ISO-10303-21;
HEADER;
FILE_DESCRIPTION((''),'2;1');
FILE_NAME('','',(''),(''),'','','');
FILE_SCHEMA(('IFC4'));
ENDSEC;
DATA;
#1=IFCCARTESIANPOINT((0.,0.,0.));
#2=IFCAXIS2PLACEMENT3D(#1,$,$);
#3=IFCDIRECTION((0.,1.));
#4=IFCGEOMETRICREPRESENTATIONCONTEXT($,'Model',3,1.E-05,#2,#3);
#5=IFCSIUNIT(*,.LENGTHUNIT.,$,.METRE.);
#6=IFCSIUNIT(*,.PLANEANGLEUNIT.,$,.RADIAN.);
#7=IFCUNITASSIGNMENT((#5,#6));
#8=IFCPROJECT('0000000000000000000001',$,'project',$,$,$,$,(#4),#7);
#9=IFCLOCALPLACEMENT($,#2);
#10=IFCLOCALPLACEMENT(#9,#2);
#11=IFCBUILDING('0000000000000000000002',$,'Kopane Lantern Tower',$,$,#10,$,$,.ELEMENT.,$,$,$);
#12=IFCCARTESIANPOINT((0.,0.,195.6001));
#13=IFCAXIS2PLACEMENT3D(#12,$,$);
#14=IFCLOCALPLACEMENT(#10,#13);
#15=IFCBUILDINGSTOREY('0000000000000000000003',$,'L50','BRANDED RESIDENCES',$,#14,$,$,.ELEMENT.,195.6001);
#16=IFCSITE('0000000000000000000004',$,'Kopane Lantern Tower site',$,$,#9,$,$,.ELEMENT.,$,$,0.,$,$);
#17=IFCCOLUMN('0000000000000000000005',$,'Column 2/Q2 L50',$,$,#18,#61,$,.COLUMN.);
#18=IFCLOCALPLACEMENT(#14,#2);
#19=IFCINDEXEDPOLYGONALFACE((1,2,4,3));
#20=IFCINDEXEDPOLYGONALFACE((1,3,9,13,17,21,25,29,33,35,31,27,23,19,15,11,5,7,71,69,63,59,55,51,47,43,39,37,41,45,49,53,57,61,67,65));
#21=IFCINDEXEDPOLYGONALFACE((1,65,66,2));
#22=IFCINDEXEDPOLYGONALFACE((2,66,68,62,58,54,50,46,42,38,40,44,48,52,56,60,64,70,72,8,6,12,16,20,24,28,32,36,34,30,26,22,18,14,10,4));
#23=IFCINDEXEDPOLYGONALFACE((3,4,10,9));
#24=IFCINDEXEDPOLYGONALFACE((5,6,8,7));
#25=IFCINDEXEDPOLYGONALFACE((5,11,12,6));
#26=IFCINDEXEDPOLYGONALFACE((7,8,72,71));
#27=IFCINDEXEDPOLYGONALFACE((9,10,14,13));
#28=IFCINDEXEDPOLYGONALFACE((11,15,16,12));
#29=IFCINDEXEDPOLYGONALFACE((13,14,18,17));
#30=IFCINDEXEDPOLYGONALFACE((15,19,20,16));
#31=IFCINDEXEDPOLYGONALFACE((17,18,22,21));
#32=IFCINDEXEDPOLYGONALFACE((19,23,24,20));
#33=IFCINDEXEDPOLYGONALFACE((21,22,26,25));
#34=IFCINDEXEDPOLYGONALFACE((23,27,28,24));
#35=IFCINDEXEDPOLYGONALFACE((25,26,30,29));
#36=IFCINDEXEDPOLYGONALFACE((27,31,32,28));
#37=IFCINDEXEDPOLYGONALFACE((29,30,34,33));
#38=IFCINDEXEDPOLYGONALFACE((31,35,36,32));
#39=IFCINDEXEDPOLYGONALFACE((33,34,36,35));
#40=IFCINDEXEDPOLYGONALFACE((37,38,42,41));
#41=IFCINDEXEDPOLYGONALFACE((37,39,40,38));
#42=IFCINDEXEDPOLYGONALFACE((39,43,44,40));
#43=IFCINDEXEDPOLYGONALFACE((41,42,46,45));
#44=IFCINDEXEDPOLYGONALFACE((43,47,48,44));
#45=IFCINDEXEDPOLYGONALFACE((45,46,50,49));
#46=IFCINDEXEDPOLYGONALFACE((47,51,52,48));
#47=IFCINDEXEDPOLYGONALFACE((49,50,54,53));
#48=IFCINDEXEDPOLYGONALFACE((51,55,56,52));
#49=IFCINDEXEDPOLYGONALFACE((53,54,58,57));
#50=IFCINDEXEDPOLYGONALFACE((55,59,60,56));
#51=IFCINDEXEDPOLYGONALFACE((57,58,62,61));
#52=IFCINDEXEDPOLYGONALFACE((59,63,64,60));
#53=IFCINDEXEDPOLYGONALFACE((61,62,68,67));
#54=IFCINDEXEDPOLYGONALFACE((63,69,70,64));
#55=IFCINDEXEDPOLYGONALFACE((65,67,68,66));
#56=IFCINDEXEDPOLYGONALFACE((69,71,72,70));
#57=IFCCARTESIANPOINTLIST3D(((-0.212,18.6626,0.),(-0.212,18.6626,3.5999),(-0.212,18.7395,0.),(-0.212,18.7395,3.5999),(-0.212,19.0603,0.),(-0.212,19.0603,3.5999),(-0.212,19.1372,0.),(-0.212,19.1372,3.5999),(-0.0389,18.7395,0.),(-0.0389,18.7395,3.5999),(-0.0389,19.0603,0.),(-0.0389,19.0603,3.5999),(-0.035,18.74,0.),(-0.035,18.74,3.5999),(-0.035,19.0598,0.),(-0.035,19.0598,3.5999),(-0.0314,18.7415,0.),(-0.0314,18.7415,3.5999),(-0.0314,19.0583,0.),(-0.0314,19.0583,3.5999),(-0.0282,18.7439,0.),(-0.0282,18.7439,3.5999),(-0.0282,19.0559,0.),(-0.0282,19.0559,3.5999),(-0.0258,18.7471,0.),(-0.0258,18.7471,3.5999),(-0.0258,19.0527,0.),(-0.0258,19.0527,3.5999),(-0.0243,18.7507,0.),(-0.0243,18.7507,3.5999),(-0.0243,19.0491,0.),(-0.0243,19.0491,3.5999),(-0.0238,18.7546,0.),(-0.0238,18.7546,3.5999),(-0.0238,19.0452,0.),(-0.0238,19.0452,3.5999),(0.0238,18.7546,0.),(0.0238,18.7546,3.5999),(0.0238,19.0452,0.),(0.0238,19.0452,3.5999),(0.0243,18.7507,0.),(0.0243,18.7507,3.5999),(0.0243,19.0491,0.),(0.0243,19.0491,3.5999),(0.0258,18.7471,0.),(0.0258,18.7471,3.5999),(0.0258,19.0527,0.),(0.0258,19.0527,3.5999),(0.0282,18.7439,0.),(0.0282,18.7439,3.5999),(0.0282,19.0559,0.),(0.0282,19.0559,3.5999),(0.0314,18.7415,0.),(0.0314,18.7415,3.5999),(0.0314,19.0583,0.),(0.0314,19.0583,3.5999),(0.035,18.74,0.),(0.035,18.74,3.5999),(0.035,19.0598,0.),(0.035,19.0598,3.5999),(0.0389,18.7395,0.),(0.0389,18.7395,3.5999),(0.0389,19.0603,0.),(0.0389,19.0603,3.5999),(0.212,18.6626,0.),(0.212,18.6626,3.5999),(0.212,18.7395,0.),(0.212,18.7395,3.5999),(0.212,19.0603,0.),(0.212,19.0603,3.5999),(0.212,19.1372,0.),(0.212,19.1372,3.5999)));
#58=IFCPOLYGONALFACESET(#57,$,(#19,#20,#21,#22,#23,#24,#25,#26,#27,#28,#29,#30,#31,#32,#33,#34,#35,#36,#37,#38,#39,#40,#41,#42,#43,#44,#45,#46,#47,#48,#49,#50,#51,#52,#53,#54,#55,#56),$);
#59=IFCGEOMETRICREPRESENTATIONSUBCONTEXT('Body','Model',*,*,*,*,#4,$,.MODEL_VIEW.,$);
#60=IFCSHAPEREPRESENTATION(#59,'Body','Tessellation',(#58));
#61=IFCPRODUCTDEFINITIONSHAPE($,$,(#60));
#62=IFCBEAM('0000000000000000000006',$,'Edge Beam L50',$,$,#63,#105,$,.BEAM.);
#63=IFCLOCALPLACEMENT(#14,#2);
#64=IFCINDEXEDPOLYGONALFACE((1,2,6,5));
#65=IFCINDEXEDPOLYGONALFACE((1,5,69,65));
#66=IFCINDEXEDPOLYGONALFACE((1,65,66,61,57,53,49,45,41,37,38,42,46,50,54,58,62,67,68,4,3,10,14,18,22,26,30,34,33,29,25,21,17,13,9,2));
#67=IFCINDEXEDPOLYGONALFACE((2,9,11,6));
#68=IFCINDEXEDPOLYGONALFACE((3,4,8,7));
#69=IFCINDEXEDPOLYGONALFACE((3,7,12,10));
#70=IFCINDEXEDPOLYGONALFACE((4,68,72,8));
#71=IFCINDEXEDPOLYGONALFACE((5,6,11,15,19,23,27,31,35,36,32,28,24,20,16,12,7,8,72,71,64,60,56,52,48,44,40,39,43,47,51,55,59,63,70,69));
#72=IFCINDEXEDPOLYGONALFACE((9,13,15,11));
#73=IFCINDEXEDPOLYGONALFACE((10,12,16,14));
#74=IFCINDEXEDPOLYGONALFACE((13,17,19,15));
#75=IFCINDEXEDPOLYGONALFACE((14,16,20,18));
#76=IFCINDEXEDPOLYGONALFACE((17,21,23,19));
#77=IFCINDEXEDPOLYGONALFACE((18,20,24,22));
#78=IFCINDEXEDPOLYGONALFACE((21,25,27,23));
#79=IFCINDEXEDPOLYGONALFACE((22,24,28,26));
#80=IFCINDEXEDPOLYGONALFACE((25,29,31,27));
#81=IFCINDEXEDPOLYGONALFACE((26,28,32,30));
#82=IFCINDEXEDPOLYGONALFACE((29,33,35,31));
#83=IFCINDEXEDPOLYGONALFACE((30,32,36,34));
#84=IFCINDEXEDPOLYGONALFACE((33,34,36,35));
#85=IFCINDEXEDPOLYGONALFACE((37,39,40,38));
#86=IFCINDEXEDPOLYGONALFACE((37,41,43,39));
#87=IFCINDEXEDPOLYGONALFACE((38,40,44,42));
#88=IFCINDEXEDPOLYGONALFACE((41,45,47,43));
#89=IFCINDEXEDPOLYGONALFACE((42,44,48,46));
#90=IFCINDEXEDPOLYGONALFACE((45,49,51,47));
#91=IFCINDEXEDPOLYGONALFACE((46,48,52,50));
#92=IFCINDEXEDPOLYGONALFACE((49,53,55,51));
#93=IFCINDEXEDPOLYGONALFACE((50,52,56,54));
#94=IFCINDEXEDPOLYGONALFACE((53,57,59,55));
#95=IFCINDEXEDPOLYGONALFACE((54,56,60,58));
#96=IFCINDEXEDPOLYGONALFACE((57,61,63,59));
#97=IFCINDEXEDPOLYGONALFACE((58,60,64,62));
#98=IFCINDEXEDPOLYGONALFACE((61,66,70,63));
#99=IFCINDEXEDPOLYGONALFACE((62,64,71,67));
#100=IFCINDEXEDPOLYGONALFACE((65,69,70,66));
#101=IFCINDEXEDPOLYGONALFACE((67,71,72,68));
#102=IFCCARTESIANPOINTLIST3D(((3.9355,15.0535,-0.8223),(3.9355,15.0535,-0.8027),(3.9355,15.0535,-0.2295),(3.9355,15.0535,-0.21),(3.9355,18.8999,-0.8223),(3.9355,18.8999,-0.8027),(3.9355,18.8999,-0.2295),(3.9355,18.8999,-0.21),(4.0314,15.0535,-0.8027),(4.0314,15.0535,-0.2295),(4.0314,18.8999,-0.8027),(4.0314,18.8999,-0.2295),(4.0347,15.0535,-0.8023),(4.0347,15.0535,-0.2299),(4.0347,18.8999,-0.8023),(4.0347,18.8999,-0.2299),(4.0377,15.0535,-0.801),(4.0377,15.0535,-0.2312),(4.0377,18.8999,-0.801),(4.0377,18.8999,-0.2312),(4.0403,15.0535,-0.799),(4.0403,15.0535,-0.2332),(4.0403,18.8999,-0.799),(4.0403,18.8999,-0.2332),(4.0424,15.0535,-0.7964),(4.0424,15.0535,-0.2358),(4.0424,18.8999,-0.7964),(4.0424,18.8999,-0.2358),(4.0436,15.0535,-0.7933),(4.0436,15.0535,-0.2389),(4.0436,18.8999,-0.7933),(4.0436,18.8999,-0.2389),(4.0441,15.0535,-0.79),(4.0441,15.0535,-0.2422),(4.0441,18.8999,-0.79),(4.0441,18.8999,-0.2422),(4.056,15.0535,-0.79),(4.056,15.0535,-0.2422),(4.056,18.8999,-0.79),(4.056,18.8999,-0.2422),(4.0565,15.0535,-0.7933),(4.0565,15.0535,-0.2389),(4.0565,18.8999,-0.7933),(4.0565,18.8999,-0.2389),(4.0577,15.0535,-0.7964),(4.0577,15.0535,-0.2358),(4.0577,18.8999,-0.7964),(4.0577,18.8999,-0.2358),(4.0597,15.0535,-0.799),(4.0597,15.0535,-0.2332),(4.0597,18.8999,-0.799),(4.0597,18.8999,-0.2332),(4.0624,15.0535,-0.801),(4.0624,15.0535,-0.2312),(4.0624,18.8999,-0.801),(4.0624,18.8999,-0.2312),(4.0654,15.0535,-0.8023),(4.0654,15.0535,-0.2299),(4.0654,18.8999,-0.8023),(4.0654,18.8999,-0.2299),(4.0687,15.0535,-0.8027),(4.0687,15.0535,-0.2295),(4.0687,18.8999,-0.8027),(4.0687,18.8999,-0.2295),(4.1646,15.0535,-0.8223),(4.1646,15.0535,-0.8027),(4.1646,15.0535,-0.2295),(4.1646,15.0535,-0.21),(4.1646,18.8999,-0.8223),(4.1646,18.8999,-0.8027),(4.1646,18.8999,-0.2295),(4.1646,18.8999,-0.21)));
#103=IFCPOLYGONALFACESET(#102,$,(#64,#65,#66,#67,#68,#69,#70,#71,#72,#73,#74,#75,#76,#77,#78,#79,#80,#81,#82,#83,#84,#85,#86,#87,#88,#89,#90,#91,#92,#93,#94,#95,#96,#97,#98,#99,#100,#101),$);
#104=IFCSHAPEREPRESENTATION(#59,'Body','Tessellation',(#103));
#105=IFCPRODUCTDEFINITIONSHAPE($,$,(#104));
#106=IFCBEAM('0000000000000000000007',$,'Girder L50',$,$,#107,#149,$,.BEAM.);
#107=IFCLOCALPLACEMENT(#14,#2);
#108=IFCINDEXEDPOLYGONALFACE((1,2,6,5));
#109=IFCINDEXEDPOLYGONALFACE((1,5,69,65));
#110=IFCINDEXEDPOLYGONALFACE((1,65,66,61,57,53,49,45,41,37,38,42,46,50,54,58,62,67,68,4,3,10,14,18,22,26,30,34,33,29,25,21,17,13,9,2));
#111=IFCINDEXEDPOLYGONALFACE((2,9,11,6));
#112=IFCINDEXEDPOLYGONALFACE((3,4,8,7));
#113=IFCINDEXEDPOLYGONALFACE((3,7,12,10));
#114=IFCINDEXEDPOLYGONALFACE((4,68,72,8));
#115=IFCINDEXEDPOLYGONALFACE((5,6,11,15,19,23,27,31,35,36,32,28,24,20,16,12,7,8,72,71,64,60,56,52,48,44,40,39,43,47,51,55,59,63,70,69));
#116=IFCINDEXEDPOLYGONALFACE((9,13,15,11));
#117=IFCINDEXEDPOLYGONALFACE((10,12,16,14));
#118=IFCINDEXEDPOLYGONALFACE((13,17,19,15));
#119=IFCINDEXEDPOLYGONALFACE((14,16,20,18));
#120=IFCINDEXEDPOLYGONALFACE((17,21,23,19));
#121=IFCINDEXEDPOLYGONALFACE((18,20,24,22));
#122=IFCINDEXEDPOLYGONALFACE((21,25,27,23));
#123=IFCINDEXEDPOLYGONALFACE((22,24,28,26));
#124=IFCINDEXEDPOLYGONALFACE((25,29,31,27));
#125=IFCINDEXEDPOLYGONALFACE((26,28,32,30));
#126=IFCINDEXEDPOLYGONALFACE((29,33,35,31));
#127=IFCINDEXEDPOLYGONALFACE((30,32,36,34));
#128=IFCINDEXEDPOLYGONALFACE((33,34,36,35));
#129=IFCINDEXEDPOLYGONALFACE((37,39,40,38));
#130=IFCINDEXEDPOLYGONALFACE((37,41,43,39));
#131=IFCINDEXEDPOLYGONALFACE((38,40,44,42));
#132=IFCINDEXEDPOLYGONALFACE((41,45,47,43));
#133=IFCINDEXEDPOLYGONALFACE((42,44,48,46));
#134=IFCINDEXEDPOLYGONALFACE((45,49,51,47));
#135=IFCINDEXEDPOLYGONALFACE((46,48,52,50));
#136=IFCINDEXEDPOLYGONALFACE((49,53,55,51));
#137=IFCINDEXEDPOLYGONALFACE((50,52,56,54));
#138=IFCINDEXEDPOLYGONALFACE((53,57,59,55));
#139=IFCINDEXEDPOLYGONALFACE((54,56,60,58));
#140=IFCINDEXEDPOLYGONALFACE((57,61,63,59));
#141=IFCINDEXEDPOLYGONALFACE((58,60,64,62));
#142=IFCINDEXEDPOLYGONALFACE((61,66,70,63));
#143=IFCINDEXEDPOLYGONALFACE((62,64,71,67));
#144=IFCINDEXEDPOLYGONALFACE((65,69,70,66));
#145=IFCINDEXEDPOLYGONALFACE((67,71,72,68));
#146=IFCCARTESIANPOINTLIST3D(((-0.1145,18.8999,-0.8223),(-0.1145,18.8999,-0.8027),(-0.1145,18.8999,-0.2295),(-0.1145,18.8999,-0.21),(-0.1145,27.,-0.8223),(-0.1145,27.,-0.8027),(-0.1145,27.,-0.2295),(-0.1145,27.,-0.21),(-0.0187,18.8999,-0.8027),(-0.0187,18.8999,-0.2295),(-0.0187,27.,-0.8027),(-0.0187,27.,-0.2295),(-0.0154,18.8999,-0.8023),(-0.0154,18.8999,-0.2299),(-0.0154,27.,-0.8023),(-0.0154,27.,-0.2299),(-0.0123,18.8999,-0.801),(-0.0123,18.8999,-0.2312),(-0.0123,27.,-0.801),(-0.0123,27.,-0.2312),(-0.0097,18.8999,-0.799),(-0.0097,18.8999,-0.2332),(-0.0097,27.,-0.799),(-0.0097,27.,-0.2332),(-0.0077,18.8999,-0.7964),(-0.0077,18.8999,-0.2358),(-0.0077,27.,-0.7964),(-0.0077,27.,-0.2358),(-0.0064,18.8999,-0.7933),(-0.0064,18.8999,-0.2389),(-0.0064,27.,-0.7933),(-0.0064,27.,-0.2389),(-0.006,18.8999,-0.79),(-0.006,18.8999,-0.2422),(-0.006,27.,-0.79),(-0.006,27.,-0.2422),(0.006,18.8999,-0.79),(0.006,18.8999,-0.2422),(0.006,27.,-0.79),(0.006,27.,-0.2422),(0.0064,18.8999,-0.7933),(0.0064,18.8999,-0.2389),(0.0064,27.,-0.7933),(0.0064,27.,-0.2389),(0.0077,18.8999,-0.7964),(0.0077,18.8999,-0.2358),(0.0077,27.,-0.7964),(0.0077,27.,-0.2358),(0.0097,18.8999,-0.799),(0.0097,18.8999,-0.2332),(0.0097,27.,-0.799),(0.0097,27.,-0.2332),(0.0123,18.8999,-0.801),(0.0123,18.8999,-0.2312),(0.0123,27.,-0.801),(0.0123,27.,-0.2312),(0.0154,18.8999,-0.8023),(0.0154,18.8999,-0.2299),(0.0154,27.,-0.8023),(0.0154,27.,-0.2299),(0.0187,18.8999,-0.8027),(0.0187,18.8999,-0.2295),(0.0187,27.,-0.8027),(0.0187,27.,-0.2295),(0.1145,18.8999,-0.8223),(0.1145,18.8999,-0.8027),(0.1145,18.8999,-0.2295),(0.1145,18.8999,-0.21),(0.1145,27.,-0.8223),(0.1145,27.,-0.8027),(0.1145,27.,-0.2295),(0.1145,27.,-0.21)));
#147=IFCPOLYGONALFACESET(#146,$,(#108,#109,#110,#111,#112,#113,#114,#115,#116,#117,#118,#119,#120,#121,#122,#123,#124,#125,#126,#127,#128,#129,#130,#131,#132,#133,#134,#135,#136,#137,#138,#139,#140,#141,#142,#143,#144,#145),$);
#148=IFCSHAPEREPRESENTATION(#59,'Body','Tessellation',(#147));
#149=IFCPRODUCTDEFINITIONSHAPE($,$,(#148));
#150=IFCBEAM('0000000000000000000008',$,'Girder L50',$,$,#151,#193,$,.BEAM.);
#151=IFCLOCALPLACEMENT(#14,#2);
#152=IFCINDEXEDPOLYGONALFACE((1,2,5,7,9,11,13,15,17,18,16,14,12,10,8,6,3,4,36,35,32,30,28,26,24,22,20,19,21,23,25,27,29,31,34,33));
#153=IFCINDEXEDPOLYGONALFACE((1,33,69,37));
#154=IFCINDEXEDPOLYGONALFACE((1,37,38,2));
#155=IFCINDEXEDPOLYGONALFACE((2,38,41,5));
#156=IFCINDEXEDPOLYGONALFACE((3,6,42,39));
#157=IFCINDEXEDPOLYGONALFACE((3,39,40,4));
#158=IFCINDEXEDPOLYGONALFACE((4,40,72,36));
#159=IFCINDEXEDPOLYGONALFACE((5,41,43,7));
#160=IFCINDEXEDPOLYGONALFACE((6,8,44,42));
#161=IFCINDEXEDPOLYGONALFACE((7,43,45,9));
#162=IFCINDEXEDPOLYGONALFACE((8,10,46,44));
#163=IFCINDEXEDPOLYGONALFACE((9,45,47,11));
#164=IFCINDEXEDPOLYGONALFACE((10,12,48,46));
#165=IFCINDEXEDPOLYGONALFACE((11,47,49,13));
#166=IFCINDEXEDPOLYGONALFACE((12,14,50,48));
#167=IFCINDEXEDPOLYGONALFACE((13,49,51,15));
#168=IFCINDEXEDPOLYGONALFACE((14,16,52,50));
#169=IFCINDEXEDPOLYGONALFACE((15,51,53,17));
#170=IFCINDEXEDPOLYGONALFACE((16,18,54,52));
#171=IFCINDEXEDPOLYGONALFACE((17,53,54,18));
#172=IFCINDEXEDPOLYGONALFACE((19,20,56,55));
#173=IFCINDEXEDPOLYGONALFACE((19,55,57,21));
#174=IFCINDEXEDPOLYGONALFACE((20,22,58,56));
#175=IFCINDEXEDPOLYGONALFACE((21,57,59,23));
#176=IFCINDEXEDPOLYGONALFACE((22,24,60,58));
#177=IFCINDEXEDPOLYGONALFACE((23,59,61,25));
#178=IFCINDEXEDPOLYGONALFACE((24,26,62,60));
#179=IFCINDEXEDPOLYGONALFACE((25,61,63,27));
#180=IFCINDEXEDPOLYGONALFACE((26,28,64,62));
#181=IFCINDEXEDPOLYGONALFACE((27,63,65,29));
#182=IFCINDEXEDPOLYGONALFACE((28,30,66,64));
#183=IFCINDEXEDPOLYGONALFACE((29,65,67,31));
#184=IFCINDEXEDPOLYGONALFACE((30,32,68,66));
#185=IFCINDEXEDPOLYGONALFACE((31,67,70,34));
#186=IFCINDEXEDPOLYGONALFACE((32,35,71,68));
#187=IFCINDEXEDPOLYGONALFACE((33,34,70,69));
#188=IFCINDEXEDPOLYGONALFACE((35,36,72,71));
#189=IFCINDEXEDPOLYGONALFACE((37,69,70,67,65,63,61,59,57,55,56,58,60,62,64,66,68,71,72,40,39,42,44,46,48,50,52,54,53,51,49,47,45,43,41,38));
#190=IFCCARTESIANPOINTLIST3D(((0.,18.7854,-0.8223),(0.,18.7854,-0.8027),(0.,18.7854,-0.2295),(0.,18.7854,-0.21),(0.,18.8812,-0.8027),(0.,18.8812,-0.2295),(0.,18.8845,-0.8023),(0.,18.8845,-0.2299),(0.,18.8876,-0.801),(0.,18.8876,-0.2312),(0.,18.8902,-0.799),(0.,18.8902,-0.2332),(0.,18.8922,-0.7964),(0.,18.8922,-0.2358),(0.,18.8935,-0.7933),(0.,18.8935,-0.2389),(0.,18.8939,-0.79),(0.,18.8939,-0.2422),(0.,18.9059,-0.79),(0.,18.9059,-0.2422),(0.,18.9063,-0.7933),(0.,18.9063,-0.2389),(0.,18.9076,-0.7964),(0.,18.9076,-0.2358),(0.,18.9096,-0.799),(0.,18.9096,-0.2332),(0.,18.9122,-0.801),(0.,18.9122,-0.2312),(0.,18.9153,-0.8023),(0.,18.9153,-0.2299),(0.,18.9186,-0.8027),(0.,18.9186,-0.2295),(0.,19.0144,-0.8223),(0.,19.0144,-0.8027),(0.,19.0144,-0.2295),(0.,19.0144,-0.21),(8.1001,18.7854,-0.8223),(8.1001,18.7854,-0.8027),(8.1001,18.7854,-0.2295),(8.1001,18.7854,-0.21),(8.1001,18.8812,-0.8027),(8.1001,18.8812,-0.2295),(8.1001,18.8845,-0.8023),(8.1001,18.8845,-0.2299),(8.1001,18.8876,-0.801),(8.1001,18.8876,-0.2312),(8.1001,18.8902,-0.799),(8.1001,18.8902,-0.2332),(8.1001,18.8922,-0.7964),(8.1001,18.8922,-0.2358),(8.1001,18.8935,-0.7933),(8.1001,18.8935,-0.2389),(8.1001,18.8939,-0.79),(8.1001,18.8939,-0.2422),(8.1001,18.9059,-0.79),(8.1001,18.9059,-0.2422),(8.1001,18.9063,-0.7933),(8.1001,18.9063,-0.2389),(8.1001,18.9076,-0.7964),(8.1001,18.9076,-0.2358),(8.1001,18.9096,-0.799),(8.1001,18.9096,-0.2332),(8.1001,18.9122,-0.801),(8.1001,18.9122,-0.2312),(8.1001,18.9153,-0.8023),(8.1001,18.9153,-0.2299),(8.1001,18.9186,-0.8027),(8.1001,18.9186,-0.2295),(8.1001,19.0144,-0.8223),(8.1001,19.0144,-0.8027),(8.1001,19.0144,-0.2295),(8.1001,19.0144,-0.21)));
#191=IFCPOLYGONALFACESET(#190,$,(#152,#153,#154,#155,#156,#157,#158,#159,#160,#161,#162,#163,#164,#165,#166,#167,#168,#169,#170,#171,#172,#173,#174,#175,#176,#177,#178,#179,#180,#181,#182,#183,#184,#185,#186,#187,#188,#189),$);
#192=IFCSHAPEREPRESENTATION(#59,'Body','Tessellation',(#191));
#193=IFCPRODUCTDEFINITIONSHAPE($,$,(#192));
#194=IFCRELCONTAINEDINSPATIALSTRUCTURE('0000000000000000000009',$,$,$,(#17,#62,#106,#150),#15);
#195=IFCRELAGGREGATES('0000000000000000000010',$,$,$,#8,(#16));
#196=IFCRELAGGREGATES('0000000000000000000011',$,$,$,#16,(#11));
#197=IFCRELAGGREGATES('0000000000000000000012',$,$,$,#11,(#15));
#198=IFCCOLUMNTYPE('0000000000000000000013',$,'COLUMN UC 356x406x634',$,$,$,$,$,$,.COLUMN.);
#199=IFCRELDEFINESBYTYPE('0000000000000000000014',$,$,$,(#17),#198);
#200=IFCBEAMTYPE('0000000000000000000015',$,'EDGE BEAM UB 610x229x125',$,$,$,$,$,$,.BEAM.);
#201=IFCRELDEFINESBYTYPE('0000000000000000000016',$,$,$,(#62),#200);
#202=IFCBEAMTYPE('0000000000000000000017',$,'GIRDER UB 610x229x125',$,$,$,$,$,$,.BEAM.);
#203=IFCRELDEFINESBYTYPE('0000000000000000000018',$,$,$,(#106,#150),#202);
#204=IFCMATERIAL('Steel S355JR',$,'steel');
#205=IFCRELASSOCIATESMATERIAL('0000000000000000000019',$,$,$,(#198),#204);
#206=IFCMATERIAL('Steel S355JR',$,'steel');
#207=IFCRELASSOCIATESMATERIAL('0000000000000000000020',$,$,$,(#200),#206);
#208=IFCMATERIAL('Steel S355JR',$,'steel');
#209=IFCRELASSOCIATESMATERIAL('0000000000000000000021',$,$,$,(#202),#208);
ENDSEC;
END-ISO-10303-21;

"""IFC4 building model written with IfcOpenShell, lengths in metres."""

from ifc_helpers import new_model, si_unit, direction, frame, origin, origin_2d, place, context, subcontext, project, spatial, i_section, extrude, material, material_profile, profile_set, type_object, element, save


model = new_model("IFC4")

# Units and contexts
model_context = context("Model", 3, precision=1e-05, world=origin(), true_north=direction((0.0, 1.0)))
body_context = subcontext(model_context, "Body", "Model", "MODEL_VIEW")
ifc_project = project(units=[si_unit("LENGTHUNIT", "METRE"), si_unit("PLANEANGLEUNIT", "RADIAN")], contexts=[model_context])

# Site, building, storey
site_placement = place(None, origin())
site = spatial("IfcSite", under=ifc_project, at=site_placement, Name="Kopane Lantern Tower site", CompositionType="ELEMENT", RefElevation=0.0)
building_placement = place(site_placement, origin())
building = spatial("IfcBuilding", under=site, at=building_placement, Name="Kopane Lantern Tower", CompositionType="ELEMENT")
storey_placement = place(building_placement, frame((0.0, 0.0, 195.6001)))
storey = spatial("IfcBuildingStorey", under=building, at=storey_placement, Name="L50", Description="BRANDED RESIDENCES", CompositionType="ELEMENT", Elevation=195.6001)

# Column
ifc_material_1 = material(Name="Steel S355JR", Category="steel")
ifc_material_profile_1 = material_profile(ifc_material_1, i_section(OverallWidth=0.4241, OverallDepth=0.4746, WebThickness=0.0476, FlangeThickness=0.0769, FilletRadius=0.0151, at=origin_2d()), Name="UC 356x406x634")
ifc_profile_set_1 = profile_set([ifc_material_profile_1], Name="Steel S355JR")
column_type = type_object("IfcColumnType", Name="COLUMN UC 356x406x634", PredefinedType="COLUMN", material=ifc_profile_set_1)
column_placement = place(storey_placement, frame((0.0, 18.8999, 0.0), z_axis=(0.0, 0.0, 1.0), x_axis=(1.0, 0.0, 0.0)))
element("IfcColumn", 1, at=column_placement, inside=storey, type_object=column_type, Name="Column 2/Q2 L50", PredefinedType="COLUMN", context=body_context, shape_type="SweptSolid", body=[
    extrude(i_section(OverallWidth=0.4241, OverallDepth=0.4746, WebThickness=0.0476, FlangeThickness=0.0769, FilletRadius=0.0151, at=origin_2d()), origin(), (0.0, 0.0, 1.0), 3.5999),
])

# Beams
ifc_material_2 = material(Name="Steel S355JR", Category="steel")
ifc_material_profile_2 = material_profile(ifc_material_2, i_section(OverallWidth=0.229, OverallDepth=0.6123, WebThickness=0.012, FlangeThickness=0.0195, FilletRadius=0.0127, at=origin_2d()), Name="UB 610x229x125")
ifc_profile_set_2 = profile_set([ifc_material_profile_2], Name="Steel S355JR")
beam_type_1 = type_object("IfcBeamType", Name="EDGE BEAM UB 610x229x125", PredefinedType="BEAM", material=ifc_profile_set_2)
beam_placement = place(storey_placement, frame((4.05, 15.0535, -0.5161), z_axis=(0.0, 1.0, 0.0), x_axis=(-1.0, 0.0, 0.0)))
element("IfcBeam", 2, at=beam_placement, inside=storey, type_object=beam_type_1, Name="Edge Beam L50", PredefinedType="BEAM", context=body_context, shape_type="SweptSolid", body=[
    extrude(i_section(OverallWidth=0.229, OverallDepth=0.6123, WebThickness=0.012, FlangeThickness=0.0195, FilletRadius=0.0127, at=origin_2d()), origin(), (0.0, 0.0, 1.0), 3.8464),
])
ifc_material_3 = material(Name="Steel S355JR", Category="steel")
ifc_material_profile_3 = material_profile(ifc_material_3, i_section(OverallWidth=0.229, OverallDepth=0.6123, WebThickness=0.012, FlangeThickness=0.0195, FilletRadius=0.0127, at=origin_2d()), Name="UB 610x229x125")
ifc_profile_set_3 = profile_set([ifc_material_profile_3], Name="Steel S355JR")
beam_type_2 = type_object("IfcBeamType", Name="GIRDER UB 610x229x125", PredefinedType="BEAM", material=ifc_profile_set_3)
for number, where, z_axis, x_axis, name in (
    (3, (0.0, 18.8999, -0.5161), (0.0, 1.0, 0.0), (-1.0, 0.0, 0.0), "Girder L50"),
    (4, (0.0, 18.8999, -0.5161), (1.0, 0.0, 0.0), (0.0, 1.0, 0.0), "Girder L50"),
):
    element("IfcBeam", number, at=place(storey_placement, frame(where, z_axis=z_axis, x_axis=x_axis)), inside=storey, type_object=beam_type_2, Name=name, PredefinedType="BEAM", context=body_context, shape_type="SweptSolid", body=[
        extrude(i_section(OverallWidth=0.229, OverallDepth=0.6123, WebThickness=0.012, FlangeThickness=0.0195, FilletRadius=0.0127, at=origin_2d()), origin(), (0.0, 0.0, 1.0), 8.1001),
    ])

save(model, "model.ifc")
